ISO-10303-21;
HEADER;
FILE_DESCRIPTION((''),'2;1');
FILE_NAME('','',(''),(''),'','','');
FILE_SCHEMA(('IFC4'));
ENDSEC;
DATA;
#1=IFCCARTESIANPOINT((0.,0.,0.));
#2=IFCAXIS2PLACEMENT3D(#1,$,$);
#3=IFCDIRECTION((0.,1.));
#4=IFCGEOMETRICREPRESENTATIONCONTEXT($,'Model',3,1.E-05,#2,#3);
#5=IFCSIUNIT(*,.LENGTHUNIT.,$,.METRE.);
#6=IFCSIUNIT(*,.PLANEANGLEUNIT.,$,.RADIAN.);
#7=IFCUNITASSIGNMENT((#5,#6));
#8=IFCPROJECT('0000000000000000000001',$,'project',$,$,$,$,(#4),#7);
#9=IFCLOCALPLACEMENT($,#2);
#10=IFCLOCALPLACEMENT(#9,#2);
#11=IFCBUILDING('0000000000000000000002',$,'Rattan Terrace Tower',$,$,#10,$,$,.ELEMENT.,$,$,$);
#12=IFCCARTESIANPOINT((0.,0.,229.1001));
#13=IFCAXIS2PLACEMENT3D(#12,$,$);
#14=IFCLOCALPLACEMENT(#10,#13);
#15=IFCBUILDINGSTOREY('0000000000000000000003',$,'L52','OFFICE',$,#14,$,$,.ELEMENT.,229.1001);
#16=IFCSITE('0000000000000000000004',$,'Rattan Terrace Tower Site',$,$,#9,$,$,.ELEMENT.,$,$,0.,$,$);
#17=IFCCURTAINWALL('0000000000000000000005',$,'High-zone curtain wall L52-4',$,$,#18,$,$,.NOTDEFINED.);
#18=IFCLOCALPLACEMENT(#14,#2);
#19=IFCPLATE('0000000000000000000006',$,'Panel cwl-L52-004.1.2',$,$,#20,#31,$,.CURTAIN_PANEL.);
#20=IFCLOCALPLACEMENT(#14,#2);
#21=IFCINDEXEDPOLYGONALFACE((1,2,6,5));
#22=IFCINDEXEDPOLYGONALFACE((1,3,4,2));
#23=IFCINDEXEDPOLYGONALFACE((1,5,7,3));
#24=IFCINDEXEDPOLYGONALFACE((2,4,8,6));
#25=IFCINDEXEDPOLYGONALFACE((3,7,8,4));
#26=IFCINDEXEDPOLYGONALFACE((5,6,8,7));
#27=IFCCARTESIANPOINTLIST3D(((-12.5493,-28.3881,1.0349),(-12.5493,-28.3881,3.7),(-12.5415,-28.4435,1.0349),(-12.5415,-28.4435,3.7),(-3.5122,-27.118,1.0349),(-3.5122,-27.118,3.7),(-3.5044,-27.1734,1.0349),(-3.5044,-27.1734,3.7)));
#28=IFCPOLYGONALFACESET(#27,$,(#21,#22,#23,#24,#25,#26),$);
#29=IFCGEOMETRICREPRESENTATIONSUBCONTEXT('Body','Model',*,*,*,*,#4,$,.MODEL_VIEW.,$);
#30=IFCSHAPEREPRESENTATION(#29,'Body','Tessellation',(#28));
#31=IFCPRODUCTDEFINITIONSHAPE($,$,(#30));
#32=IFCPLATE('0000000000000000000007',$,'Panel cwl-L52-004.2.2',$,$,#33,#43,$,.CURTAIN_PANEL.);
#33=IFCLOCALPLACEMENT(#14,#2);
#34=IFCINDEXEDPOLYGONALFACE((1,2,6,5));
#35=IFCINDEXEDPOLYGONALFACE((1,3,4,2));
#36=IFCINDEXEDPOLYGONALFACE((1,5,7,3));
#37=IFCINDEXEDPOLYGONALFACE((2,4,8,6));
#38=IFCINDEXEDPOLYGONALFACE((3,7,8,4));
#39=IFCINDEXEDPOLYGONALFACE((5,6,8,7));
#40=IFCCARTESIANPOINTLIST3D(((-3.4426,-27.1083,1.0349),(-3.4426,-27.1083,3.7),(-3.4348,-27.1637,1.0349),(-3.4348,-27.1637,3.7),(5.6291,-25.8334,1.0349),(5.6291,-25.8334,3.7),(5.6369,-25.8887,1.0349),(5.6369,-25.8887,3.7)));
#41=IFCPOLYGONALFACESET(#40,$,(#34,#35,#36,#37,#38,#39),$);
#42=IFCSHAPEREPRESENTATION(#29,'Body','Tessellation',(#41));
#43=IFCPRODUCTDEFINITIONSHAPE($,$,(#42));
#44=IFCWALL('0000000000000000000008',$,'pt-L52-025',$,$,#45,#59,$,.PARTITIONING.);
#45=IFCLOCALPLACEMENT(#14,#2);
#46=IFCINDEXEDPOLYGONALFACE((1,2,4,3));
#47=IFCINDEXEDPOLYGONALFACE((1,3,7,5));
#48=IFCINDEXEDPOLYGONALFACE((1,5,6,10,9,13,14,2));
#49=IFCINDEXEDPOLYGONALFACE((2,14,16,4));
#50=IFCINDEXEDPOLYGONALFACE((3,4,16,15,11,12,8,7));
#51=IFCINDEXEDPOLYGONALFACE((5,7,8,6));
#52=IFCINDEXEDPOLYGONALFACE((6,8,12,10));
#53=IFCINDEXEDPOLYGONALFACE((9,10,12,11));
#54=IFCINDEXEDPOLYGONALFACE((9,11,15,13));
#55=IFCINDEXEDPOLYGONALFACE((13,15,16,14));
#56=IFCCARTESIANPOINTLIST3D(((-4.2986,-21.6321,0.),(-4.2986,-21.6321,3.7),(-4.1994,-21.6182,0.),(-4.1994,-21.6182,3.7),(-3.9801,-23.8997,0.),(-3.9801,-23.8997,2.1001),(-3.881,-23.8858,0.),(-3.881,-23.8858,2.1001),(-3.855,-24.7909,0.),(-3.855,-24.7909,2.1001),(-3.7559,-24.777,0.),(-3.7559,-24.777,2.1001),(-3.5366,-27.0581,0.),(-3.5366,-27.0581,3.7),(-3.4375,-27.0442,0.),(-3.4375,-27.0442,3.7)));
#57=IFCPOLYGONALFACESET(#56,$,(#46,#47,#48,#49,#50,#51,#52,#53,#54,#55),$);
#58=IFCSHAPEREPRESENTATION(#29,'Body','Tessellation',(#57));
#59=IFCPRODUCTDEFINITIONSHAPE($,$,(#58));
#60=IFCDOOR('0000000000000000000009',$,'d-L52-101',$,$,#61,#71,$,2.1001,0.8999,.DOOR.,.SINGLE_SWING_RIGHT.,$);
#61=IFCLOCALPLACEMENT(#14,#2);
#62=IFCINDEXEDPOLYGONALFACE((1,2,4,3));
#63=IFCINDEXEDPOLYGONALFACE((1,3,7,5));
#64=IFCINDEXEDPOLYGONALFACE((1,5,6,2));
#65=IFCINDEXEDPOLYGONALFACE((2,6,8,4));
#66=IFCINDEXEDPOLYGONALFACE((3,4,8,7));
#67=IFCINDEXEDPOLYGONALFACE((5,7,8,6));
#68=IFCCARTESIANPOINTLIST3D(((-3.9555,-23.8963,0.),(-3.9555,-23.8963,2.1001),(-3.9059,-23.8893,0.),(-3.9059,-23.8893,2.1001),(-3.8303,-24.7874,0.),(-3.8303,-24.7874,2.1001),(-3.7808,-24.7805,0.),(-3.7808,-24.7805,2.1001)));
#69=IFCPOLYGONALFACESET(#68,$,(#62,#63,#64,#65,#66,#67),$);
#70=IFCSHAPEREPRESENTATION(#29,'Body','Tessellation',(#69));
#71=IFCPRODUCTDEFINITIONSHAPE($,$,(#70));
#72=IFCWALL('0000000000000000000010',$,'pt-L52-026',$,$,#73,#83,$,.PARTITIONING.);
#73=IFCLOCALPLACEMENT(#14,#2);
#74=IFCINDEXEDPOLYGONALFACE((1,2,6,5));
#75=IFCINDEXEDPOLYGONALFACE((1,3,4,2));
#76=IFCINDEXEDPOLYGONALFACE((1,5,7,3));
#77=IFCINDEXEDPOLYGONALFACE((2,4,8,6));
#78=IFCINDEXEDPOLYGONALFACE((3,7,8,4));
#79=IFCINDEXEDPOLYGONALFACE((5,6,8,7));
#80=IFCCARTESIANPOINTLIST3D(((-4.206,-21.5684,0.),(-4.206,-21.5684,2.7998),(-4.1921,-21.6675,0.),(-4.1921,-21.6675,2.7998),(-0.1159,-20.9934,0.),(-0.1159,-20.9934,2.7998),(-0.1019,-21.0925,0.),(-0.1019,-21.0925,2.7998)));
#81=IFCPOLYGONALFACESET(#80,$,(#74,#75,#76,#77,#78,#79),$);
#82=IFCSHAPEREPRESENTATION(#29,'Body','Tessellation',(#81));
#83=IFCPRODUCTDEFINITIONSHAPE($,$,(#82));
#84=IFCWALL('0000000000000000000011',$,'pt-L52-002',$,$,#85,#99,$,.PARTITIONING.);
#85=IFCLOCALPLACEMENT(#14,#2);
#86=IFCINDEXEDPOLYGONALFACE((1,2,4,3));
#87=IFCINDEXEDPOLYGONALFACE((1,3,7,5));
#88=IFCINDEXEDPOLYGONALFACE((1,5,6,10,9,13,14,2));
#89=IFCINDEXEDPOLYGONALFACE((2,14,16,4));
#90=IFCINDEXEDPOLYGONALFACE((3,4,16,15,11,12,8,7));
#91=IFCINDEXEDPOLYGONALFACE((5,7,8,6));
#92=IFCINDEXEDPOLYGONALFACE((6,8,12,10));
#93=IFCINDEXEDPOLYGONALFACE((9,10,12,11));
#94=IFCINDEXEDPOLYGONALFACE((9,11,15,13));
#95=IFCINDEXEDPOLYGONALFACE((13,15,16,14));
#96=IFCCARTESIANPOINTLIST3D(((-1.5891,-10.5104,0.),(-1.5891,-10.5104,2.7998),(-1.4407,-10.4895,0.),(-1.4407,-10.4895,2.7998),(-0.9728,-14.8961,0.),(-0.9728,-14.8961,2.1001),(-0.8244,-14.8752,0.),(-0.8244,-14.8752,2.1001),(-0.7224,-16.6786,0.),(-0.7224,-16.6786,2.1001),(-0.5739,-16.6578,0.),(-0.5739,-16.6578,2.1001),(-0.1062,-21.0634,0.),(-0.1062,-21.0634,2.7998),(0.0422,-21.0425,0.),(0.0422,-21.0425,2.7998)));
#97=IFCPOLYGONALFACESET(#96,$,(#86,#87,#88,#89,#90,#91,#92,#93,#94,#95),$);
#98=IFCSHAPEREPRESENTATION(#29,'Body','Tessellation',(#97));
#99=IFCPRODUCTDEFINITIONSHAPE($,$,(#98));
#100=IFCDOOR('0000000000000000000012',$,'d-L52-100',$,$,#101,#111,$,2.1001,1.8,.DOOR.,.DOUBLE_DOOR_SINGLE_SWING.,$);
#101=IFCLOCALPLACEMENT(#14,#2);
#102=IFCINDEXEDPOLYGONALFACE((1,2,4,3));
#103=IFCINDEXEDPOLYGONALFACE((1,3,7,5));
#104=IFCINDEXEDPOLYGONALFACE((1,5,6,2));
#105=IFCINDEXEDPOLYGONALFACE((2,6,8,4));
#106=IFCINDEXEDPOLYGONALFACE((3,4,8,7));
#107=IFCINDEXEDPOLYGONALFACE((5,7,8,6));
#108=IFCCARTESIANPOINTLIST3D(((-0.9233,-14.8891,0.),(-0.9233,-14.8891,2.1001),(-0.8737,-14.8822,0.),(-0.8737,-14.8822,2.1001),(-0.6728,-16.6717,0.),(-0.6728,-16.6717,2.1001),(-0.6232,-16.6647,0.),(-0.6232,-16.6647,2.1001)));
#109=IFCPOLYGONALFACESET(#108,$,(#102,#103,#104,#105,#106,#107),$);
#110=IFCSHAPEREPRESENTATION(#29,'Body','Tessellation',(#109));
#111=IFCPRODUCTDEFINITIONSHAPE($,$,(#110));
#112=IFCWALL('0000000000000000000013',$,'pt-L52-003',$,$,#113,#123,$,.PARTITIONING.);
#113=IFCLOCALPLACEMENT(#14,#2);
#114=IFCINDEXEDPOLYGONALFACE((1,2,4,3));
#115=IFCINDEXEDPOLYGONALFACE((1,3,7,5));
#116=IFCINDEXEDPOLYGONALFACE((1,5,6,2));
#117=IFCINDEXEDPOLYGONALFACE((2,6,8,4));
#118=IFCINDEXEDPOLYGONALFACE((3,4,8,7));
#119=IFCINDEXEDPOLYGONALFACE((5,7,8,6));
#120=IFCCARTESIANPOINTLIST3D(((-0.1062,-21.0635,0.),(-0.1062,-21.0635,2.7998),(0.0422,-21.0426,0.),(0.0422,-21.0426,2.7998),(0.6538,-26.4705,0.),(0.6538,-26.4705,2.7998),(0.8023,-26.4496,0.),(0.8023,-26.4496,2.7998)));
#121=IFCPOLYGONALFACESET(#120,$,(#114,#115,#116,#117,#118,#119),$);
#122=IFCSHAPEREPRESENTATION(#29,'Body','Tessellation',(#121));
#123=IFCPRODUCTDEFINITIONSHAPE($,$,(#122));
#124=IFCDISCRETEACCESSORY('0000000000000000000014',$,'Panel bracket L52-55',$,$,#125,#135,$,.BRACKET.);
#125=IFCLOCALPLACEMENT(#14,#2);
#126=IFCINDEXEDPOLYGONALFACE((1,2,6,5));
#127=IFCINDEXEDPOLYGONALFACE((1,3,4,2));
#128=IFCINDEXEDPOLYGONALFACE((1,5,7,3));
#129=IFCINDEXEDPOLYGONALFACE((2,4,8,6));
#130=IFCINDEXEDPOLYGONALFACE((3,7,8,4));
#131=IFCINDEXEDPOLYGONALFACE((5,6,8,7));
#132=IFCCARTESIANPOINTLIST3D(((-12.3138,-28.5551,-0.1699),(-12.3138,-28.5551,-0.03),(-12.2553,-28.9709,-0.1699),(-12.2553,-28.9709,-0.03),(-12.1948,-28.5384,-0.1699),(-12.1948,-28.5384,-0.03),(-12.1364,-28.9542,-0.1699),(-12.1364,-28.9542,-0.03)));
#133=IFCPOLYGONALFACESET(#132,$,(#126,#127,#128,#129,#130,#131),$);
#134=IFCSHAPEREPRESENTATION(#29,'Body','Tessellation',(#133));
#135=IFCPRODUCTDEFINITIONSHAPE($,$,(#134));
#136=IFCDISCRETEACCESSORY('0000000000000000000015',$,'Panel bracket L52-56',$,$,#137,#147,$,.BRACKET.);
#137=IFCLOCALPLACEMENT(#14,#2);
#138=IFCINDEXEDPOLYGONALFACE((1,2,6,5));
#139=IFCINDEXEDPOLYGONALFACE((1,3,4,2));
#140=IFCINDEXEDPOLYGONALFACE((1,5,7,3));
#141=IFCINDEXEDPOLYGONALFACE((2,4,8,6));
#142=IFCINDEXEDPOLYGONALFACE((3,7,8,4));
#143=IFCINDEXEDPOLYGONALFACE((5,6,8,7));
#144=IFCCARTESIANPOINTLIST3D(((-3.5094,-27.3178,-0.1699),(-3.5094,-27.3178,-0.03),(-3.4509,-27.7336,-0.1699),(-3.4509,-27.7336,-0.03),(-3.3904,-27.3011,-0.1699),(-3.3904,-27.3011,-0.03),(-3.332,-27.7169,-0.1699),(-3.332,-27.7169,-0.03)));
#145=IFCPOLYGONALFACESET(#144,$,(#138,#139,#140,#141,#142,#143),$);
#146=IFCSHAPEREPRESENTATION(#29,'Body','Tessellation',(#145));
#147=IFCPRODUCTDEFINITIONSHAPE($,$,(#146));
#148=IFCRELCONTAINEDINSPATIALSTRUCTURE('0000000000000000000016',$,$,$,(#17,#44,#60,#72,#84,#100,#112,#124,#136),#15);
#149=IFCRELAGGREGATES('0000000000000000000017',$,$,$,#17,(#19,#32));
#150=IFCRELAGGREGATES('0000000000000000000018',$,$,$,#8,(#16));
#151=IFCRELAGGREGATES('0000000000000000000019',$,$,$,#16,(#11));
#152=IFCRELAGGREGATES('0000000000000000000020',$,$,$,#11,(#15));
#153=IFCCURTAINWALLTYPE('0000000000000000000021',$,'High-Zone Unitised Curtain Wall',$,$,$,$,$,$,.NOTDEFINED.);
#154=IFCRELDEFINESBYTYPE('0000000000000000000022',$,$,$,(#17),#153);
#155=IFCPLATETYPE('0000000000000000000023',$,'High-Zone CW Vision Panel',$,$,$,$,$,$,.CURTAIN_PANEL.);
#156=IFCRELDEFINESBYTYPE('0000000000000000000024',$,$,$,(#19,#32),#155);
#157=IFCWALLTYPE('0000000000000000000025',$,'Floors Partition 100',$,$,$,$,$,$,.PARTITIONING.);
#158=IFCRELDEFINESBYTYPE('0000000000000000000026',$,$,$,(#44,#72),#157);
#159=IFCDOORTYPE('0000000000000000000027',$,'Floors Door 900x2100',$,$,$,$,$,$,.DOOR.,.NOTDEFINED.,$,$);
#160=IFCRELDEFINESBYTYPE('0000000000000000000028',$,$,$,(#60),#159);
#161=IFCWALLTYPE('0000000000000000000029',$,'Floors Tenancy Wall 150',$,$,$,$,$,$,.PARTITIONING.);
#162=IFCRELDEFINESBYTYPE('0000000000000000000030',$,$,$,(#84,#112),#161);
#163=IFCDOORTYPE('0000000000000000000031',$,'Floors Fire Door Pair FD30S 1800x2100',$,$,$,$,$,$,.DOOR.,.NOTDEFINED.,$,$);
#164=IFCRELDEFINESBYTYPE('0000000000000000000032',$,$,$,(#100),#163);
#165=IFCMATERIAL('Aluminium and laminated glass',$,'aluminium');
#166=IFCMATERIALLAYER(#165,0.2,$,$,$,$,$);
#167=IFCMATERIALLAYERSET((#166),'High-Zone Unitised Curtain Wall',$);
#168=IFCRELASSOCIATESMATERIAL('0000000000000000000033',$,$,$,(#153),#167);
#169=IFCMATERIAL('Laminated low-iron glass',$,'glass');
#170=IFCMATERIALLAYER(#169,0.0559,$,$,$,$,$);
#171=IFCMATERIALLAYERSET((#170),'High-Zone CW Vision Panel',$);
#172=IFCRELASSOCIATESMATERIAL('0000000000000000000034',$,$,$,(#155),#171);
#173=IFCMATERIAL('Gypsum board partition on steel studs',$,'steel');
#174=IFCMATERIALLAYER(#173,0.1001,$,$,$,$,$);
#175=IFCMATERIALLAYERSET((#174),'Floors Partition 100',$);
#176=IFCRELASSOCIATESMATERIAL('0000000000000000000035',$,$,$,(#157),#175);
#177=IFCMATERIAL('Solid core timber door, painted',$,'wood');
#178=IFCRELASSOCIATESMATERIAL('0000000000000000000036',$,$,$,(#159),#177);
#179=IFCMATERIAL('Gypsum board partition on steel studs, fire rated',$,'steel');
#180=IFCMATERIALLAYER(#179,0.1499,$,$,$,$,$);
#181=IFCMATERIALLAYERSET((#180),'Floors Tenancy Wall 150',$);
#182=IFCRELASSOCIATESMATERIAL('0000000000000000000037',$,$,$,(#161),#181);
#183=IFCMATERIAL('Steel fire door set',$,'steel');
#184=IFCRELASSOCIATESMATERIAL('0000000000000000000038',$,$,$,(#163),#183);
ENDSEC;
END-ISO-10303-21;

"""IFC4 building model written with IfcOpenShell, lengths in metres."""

from ifc_helpers import new_model, si_unit, direction, frame, frame_2d, origin, origin_2d, place, context, subcontext, project, spatial, rectangle, extrude, material, layer, layer_set, type_object, element, fill, aggregate, save


model = new_model("IFC4")

# Units and contexts
model_context = context("Model", 3, precision=1e-05, world=origin(), true_north=direction((0.0, 1.0)))
body_context = subcontext(model_context, "Body", "Model", "MODEL_VIEW")
ifc_project = project(units=[si_unit("LENGTHUNIT", "METRE"), si_unit("PLANEANGLEUNIT", "RADIAN")], contexts=[model_context])

# Site, building, storey
site_placement = place(None, origin())
site = spatial("IfcSite", under=ifc_project, at=site_placement, Name="Rattan Terrace Tower Site", CompositionType="ELEMENT", RefElevation=0.0)
building_placement = place(site_placement, origin())
building = spatial("IfcBuilding", under=site, at=building_placement, Name="Rattan Terrace Tower", CompositionType="ELEMENT")
storey_placement = place(building_placement, frame((0.0, 0.0, 229.1001)))
storey = spatial("IfcBuildingStorey", under=building, at=storey_placement, Name="L52", Description="OFFICE", CompositionType="ELEMENT", Elevation=229.1001)

# Curtain wall, plates
ifc_material_1 = material(Name="Aluminium and laminated glass", Category="aluminium")
ifc_layer_1 = layer(ifc_material_1, 0.2)
ifc_layer_set_1 = layer_set([ifc_layer_1], Name="High-Zone Unitised Curtain Wall")
curtain_wall_type = type_object("IfcCurtainWallType", Name="High-Zone Unitised Curtain Wall", PredefinedType="NOTDEFINED", material=ifc_layer_set_1)
curtain_wall_placement = place(storey_placement, origin())
curtain_wall = element("IfcCurtainWall", 1, at=curtain_wall_placement, inside=storey, type_object=curtain_wall_type, Name="High-zone curtain wall L52-4", PredefinedType="NOTDEFINED")
ifc_material_2 = material(Name="Laminated low-iron glass", Category="glass")
ifc_layer_2 = layer(ifc_material_2, 0.0559)
ifc_layer_set_2 = layer_set([ifc_layer_2], Name="High-Zone CW Vision Panel")
plate_type_1 = type_object("IfcPlateType", Name="High-Zone CW Vision Panel", PredefinedType="CURTAIN_PANEL", material=ifc_layer_set_2)
plate_1_placement = place(storey_placement, frame((-8.0269, -27.7808, 1.0349), z_axis=(0.0, 0.0, 1.0), x_axis=(0.990267, 0.139177, 0.0)))
plate_1 = element("IfcPlate", 2, at=plate_1_placement, type_object=plate_type_1, Name="Panel cwl-L52-004.1.2", PredefinedType="CURTAIN_PANEL", context=body_context, shape_type="SweptSolid", body=[
    extrude(rectangle(XDim=9.126, YDim=0.0559, at=origin_2d()), origin(), (0.0, 0.0, 1.0), 2.665),
])
plate_2_placement = place(storey_placement, frame((1.0972, -26.4985, 1.0349), z_axis=(0.0, 0.0, 1.0), x_axis=(0.990267, 0.139177, 0.0)))
plate_2 = element("IfcPlate", 3, at=plate_2_placement, type_object=plate_type_1, Name="Panel cwl-L52-004.2.2", PredefinedType="CURTAIN_PANEL", context=body_context, shape_type="SweptSolid", body=[
    extrude(rectangle(XDim=9.1609, YDim=0.0559, at=origin_2d()), origin(), (0.0, 0.0, 1.0), 2.665),
])
aggregate(curtain_wall, [plate_1, plate_2])

# Wall, opening, door
ifc_material_3 = material(Name="Gypsum board partition on steel studs", Category="steel")
ifc_layer_3 = layer(ifc_material_3, 0.1001)
ifc_layer_set_3 = layer_set([ifc_layer_3], Name="Floors Partition 100")
wall_type_1 = type_object("IfcWallType", Name="Floors Partition 100", PredefinedType="PARTITIONING", material=ifc_layer_set_3)
wall_1_placement = place(storey_placement, frame((-4.249, -21.625, 0.0), z_axis=(0.0, 0.0, 1.0), x_axis=(0.139063, -0.990284, 0.0)))
wall_1 = element("IfcWall", 4, at=wall_1_placement, inside=storey, type_object=wall_type_1, Name="pt-L52-025", PredefinedType="PARTITIONING", context=body_context, shape_type="SweptSolid", body=[
    extrude(rectangle(XDim=5.4792, YDim=0.1001, at=frame_2d((2.7397, 0.0))), origin(), (0.0, 0.0, 1.0), 3.7),
])
opening_1_placement = place(wall_1_placement, frame((2.29, 0.0, 0.0)))
opening_1 = element("IfcOpeningElement", 5, at=opening_1_placement, cuts=wall_1, PredefinedType="OPENING", context=body_context, shape_type="SweptSolid", body=[
    extrude(rectangle(XDim=0.8999, YDim=2.1001, at=frame_2d((0.45, 1.05))), frame((0.0, 0.0605, 0.0), z_axis=(0.0, -1.0, 0.0), x_axis=(1.0, 0.0, 0.0)), (0.0, 0.0, 1.0), 0.1211),
])
ifc_material_4 = material(Name="Solid core timber door, painted", Category="wood")
door_type_1 = type_object("IfcDoorType", Name="Floors Door 900x2100", OperationType="NOTDEFINED", PredefinedType="DOOR", material=ifc_material_4)
door_1_placement = place(opening_1_placement, origin())
door_1 = element("IfcDoor", 6, at=door_1_placement, inside=storey, type_object=door_type_1, Name="d-L52-101", OperationType="SINGLE_SWING_RIGHT", OverallHeight=2.1001, OverallWidth=0.8999, PredefinedType="DOOR", context=body_context, shape_type="SweptSolid", body=[
    extrude(rectangle(XDim=0.8999, YDim=2.1001, at=frame_2d((0.45, 1.05))), frame((0.0, 0.0249, 0.0), z_axis=(0.0, -1.0, 0.0), x_axis=(1.0, 0.0, 0.0)), (0.0, 0.0, 1.0), 0.05),
])
fill(opening_1, door_1)

# Wall
wall_2_placement = place(storey_placement, frame((-0.1089, -21.043, 0.0), z_axis=(0.0, 0.0, 1.0), x_axis=(-0.990264, -0.139203, 0.0)))
element("IfcWall", 7, at=wall_2_placement, inside=storey, type_object=wall_type_1, Name="pt-L52-026", PredefinedType="PARTITIONING", context=body_context, shape_type="SweptSolid", body=[
    extrude(rectangle(XDim=4.1304, YDim=0.1001, at=frame_2d((2.0652, 0.0))), origin(), (0.0, 0.0, 1.0), 2.7998),
])

# Wall, opening, door
ifc_material_5 = material(Name="Gypsum board partition on steel studs, fire rated", Category="steel")
ifc_layer_4 = layer(ifc_material_5, 0.1499)
ifc_layer_set_4 = layer_set([ifc_layer_4], Name="Floors Tenancy Wall 150")
wall_type_2 = type_object("IfcWallType", Name="Floors Tenancy Wall 150", PredefinedType="PARTITIONING", material=ifc_layer_set_4)
wall_3_placement = place(storey_placement, frame((-0.032, -21.053, 0.0), z_axis=(0.0, 0.0, 1.0), x_axis=(-0.139153, 0.990271, 0.0)))
wall_3 = element("IfcWall", 8, at=wall_3_placement, inside=storey, type_object=wall_type_2, Name="pt-L52-002", PredefinedType="PARTITIONING", context=body_context, shape_type="SweptSolid", body=[
    extrude(rectangle(XDim=10.6567, YDim=0.1499, at=frame_2d((5.3284, 0.0))), origin(), (0.0, 0.0, 1.0), 2.7998),
])
opening_2_placement = place(wall_3_placement, frame((4.428, 0.0, 0.0)))
opening_2 = element("IfcOpeningElement", 9, at=opening_2_placement, cuts=wall_3, PredefinedType="OPENING", context=body_context, shape_type="SweptSolid", body=[
    extrude(rectangle(XDim=1.8, YDim=2.1001, at=frame_2d((0.8999, 1.05))), frame((0.0, 0.0854, 0.0), z_axis=(0.0, -1.0, 0.0), x_axis=(1.0, 0.0, 0.0)), (0.0, 0.0, 1.0), 0.1709),
])
ifc_material_6 = material(Name="Steel fire door set", Category="steel")
door_type_2 = type_object("IfcDoorType", Name="Floors Fire Door Pair FD30S 1800x2100", OperationType="NOTDEFINED", PredefinedType="DOOR", material=ifc_material_6)
door_2_placement = place(opening_2_placement, origin())
door_2 = element("IfcDoor", 10, at=door_2_placement, inside=storey, type_object=door_type_2, Name="d-L52-100", OperationType="DOUBLE_DOOR_SINGLE_SWING", OverallHeight=2.1001, OverallWidth=1.8, PredefinedType="DOOR", context=body_context, shape_type="SweptSolid", body=[
    extrude(rectangle(XDim=1.8, YDim=2.1001, at=frame_2d((0.8999, 1.05))), frame((0.0, 0.0249, 0.0), z_axis=(0.0, -1.0, 0.0), x_axis=(1.0, 0.0, 0.0)), (0.0, 0.0, 1.0), 0.05),
])
fill(opening_2, door_2)

# Wall
wall_4_placement = place(storey_placement, frame((0.728, -26.46, 0.0), z_axis=(0.0, 0.0, 1.0), x_axis=(-0.139192, 0.990265, 0.0)))
element("IfcWall", 11, at=wall_4_placement, inside=storey, type_object=wall_type_2, Name="pt-L52-003", PredefinedType="PARTITIONING", context=body_context, shape_type="SweptSolid", body=[
    extrude(rectangle(XDim=5.4602, YDim=0.1499, at=frame_2d((2.73, 0.0))), origin(), (0.0, 0.0, 1.0), 2.7998),
])

# Discrete accessories
for number, where, z_axis, x_axis, name in (
    (12, (-12.2251, -28.7546, -0.1699), (0.0, 0.0, 1.0), (0.990267, 0.139177, 0.0), "Panel bracket L52-55"),
    (13, (-3.4207, -27.5173, -0.1699), (0.0, 0.0, 1.0), (0.990267, 0.139177, 0.0), "Panel bracket L52-56"),
):
    element("IfcDiscreteAccessory", number, at=place(storey_placement, frame(where, z_axis=z_axis, x_axis=x_axis)), inside=storey, Name=name, PredefinedType="BRACKET", context=body_context, shape_type="SweptSolid", body=[
        extrude(rectangle(XDim=0.1201, YDim=0.4199, at=origin_2d()), origin(), (0.0, 0.0, 1.0), 0.1399),
    ])

save(model, "model.ifc")
